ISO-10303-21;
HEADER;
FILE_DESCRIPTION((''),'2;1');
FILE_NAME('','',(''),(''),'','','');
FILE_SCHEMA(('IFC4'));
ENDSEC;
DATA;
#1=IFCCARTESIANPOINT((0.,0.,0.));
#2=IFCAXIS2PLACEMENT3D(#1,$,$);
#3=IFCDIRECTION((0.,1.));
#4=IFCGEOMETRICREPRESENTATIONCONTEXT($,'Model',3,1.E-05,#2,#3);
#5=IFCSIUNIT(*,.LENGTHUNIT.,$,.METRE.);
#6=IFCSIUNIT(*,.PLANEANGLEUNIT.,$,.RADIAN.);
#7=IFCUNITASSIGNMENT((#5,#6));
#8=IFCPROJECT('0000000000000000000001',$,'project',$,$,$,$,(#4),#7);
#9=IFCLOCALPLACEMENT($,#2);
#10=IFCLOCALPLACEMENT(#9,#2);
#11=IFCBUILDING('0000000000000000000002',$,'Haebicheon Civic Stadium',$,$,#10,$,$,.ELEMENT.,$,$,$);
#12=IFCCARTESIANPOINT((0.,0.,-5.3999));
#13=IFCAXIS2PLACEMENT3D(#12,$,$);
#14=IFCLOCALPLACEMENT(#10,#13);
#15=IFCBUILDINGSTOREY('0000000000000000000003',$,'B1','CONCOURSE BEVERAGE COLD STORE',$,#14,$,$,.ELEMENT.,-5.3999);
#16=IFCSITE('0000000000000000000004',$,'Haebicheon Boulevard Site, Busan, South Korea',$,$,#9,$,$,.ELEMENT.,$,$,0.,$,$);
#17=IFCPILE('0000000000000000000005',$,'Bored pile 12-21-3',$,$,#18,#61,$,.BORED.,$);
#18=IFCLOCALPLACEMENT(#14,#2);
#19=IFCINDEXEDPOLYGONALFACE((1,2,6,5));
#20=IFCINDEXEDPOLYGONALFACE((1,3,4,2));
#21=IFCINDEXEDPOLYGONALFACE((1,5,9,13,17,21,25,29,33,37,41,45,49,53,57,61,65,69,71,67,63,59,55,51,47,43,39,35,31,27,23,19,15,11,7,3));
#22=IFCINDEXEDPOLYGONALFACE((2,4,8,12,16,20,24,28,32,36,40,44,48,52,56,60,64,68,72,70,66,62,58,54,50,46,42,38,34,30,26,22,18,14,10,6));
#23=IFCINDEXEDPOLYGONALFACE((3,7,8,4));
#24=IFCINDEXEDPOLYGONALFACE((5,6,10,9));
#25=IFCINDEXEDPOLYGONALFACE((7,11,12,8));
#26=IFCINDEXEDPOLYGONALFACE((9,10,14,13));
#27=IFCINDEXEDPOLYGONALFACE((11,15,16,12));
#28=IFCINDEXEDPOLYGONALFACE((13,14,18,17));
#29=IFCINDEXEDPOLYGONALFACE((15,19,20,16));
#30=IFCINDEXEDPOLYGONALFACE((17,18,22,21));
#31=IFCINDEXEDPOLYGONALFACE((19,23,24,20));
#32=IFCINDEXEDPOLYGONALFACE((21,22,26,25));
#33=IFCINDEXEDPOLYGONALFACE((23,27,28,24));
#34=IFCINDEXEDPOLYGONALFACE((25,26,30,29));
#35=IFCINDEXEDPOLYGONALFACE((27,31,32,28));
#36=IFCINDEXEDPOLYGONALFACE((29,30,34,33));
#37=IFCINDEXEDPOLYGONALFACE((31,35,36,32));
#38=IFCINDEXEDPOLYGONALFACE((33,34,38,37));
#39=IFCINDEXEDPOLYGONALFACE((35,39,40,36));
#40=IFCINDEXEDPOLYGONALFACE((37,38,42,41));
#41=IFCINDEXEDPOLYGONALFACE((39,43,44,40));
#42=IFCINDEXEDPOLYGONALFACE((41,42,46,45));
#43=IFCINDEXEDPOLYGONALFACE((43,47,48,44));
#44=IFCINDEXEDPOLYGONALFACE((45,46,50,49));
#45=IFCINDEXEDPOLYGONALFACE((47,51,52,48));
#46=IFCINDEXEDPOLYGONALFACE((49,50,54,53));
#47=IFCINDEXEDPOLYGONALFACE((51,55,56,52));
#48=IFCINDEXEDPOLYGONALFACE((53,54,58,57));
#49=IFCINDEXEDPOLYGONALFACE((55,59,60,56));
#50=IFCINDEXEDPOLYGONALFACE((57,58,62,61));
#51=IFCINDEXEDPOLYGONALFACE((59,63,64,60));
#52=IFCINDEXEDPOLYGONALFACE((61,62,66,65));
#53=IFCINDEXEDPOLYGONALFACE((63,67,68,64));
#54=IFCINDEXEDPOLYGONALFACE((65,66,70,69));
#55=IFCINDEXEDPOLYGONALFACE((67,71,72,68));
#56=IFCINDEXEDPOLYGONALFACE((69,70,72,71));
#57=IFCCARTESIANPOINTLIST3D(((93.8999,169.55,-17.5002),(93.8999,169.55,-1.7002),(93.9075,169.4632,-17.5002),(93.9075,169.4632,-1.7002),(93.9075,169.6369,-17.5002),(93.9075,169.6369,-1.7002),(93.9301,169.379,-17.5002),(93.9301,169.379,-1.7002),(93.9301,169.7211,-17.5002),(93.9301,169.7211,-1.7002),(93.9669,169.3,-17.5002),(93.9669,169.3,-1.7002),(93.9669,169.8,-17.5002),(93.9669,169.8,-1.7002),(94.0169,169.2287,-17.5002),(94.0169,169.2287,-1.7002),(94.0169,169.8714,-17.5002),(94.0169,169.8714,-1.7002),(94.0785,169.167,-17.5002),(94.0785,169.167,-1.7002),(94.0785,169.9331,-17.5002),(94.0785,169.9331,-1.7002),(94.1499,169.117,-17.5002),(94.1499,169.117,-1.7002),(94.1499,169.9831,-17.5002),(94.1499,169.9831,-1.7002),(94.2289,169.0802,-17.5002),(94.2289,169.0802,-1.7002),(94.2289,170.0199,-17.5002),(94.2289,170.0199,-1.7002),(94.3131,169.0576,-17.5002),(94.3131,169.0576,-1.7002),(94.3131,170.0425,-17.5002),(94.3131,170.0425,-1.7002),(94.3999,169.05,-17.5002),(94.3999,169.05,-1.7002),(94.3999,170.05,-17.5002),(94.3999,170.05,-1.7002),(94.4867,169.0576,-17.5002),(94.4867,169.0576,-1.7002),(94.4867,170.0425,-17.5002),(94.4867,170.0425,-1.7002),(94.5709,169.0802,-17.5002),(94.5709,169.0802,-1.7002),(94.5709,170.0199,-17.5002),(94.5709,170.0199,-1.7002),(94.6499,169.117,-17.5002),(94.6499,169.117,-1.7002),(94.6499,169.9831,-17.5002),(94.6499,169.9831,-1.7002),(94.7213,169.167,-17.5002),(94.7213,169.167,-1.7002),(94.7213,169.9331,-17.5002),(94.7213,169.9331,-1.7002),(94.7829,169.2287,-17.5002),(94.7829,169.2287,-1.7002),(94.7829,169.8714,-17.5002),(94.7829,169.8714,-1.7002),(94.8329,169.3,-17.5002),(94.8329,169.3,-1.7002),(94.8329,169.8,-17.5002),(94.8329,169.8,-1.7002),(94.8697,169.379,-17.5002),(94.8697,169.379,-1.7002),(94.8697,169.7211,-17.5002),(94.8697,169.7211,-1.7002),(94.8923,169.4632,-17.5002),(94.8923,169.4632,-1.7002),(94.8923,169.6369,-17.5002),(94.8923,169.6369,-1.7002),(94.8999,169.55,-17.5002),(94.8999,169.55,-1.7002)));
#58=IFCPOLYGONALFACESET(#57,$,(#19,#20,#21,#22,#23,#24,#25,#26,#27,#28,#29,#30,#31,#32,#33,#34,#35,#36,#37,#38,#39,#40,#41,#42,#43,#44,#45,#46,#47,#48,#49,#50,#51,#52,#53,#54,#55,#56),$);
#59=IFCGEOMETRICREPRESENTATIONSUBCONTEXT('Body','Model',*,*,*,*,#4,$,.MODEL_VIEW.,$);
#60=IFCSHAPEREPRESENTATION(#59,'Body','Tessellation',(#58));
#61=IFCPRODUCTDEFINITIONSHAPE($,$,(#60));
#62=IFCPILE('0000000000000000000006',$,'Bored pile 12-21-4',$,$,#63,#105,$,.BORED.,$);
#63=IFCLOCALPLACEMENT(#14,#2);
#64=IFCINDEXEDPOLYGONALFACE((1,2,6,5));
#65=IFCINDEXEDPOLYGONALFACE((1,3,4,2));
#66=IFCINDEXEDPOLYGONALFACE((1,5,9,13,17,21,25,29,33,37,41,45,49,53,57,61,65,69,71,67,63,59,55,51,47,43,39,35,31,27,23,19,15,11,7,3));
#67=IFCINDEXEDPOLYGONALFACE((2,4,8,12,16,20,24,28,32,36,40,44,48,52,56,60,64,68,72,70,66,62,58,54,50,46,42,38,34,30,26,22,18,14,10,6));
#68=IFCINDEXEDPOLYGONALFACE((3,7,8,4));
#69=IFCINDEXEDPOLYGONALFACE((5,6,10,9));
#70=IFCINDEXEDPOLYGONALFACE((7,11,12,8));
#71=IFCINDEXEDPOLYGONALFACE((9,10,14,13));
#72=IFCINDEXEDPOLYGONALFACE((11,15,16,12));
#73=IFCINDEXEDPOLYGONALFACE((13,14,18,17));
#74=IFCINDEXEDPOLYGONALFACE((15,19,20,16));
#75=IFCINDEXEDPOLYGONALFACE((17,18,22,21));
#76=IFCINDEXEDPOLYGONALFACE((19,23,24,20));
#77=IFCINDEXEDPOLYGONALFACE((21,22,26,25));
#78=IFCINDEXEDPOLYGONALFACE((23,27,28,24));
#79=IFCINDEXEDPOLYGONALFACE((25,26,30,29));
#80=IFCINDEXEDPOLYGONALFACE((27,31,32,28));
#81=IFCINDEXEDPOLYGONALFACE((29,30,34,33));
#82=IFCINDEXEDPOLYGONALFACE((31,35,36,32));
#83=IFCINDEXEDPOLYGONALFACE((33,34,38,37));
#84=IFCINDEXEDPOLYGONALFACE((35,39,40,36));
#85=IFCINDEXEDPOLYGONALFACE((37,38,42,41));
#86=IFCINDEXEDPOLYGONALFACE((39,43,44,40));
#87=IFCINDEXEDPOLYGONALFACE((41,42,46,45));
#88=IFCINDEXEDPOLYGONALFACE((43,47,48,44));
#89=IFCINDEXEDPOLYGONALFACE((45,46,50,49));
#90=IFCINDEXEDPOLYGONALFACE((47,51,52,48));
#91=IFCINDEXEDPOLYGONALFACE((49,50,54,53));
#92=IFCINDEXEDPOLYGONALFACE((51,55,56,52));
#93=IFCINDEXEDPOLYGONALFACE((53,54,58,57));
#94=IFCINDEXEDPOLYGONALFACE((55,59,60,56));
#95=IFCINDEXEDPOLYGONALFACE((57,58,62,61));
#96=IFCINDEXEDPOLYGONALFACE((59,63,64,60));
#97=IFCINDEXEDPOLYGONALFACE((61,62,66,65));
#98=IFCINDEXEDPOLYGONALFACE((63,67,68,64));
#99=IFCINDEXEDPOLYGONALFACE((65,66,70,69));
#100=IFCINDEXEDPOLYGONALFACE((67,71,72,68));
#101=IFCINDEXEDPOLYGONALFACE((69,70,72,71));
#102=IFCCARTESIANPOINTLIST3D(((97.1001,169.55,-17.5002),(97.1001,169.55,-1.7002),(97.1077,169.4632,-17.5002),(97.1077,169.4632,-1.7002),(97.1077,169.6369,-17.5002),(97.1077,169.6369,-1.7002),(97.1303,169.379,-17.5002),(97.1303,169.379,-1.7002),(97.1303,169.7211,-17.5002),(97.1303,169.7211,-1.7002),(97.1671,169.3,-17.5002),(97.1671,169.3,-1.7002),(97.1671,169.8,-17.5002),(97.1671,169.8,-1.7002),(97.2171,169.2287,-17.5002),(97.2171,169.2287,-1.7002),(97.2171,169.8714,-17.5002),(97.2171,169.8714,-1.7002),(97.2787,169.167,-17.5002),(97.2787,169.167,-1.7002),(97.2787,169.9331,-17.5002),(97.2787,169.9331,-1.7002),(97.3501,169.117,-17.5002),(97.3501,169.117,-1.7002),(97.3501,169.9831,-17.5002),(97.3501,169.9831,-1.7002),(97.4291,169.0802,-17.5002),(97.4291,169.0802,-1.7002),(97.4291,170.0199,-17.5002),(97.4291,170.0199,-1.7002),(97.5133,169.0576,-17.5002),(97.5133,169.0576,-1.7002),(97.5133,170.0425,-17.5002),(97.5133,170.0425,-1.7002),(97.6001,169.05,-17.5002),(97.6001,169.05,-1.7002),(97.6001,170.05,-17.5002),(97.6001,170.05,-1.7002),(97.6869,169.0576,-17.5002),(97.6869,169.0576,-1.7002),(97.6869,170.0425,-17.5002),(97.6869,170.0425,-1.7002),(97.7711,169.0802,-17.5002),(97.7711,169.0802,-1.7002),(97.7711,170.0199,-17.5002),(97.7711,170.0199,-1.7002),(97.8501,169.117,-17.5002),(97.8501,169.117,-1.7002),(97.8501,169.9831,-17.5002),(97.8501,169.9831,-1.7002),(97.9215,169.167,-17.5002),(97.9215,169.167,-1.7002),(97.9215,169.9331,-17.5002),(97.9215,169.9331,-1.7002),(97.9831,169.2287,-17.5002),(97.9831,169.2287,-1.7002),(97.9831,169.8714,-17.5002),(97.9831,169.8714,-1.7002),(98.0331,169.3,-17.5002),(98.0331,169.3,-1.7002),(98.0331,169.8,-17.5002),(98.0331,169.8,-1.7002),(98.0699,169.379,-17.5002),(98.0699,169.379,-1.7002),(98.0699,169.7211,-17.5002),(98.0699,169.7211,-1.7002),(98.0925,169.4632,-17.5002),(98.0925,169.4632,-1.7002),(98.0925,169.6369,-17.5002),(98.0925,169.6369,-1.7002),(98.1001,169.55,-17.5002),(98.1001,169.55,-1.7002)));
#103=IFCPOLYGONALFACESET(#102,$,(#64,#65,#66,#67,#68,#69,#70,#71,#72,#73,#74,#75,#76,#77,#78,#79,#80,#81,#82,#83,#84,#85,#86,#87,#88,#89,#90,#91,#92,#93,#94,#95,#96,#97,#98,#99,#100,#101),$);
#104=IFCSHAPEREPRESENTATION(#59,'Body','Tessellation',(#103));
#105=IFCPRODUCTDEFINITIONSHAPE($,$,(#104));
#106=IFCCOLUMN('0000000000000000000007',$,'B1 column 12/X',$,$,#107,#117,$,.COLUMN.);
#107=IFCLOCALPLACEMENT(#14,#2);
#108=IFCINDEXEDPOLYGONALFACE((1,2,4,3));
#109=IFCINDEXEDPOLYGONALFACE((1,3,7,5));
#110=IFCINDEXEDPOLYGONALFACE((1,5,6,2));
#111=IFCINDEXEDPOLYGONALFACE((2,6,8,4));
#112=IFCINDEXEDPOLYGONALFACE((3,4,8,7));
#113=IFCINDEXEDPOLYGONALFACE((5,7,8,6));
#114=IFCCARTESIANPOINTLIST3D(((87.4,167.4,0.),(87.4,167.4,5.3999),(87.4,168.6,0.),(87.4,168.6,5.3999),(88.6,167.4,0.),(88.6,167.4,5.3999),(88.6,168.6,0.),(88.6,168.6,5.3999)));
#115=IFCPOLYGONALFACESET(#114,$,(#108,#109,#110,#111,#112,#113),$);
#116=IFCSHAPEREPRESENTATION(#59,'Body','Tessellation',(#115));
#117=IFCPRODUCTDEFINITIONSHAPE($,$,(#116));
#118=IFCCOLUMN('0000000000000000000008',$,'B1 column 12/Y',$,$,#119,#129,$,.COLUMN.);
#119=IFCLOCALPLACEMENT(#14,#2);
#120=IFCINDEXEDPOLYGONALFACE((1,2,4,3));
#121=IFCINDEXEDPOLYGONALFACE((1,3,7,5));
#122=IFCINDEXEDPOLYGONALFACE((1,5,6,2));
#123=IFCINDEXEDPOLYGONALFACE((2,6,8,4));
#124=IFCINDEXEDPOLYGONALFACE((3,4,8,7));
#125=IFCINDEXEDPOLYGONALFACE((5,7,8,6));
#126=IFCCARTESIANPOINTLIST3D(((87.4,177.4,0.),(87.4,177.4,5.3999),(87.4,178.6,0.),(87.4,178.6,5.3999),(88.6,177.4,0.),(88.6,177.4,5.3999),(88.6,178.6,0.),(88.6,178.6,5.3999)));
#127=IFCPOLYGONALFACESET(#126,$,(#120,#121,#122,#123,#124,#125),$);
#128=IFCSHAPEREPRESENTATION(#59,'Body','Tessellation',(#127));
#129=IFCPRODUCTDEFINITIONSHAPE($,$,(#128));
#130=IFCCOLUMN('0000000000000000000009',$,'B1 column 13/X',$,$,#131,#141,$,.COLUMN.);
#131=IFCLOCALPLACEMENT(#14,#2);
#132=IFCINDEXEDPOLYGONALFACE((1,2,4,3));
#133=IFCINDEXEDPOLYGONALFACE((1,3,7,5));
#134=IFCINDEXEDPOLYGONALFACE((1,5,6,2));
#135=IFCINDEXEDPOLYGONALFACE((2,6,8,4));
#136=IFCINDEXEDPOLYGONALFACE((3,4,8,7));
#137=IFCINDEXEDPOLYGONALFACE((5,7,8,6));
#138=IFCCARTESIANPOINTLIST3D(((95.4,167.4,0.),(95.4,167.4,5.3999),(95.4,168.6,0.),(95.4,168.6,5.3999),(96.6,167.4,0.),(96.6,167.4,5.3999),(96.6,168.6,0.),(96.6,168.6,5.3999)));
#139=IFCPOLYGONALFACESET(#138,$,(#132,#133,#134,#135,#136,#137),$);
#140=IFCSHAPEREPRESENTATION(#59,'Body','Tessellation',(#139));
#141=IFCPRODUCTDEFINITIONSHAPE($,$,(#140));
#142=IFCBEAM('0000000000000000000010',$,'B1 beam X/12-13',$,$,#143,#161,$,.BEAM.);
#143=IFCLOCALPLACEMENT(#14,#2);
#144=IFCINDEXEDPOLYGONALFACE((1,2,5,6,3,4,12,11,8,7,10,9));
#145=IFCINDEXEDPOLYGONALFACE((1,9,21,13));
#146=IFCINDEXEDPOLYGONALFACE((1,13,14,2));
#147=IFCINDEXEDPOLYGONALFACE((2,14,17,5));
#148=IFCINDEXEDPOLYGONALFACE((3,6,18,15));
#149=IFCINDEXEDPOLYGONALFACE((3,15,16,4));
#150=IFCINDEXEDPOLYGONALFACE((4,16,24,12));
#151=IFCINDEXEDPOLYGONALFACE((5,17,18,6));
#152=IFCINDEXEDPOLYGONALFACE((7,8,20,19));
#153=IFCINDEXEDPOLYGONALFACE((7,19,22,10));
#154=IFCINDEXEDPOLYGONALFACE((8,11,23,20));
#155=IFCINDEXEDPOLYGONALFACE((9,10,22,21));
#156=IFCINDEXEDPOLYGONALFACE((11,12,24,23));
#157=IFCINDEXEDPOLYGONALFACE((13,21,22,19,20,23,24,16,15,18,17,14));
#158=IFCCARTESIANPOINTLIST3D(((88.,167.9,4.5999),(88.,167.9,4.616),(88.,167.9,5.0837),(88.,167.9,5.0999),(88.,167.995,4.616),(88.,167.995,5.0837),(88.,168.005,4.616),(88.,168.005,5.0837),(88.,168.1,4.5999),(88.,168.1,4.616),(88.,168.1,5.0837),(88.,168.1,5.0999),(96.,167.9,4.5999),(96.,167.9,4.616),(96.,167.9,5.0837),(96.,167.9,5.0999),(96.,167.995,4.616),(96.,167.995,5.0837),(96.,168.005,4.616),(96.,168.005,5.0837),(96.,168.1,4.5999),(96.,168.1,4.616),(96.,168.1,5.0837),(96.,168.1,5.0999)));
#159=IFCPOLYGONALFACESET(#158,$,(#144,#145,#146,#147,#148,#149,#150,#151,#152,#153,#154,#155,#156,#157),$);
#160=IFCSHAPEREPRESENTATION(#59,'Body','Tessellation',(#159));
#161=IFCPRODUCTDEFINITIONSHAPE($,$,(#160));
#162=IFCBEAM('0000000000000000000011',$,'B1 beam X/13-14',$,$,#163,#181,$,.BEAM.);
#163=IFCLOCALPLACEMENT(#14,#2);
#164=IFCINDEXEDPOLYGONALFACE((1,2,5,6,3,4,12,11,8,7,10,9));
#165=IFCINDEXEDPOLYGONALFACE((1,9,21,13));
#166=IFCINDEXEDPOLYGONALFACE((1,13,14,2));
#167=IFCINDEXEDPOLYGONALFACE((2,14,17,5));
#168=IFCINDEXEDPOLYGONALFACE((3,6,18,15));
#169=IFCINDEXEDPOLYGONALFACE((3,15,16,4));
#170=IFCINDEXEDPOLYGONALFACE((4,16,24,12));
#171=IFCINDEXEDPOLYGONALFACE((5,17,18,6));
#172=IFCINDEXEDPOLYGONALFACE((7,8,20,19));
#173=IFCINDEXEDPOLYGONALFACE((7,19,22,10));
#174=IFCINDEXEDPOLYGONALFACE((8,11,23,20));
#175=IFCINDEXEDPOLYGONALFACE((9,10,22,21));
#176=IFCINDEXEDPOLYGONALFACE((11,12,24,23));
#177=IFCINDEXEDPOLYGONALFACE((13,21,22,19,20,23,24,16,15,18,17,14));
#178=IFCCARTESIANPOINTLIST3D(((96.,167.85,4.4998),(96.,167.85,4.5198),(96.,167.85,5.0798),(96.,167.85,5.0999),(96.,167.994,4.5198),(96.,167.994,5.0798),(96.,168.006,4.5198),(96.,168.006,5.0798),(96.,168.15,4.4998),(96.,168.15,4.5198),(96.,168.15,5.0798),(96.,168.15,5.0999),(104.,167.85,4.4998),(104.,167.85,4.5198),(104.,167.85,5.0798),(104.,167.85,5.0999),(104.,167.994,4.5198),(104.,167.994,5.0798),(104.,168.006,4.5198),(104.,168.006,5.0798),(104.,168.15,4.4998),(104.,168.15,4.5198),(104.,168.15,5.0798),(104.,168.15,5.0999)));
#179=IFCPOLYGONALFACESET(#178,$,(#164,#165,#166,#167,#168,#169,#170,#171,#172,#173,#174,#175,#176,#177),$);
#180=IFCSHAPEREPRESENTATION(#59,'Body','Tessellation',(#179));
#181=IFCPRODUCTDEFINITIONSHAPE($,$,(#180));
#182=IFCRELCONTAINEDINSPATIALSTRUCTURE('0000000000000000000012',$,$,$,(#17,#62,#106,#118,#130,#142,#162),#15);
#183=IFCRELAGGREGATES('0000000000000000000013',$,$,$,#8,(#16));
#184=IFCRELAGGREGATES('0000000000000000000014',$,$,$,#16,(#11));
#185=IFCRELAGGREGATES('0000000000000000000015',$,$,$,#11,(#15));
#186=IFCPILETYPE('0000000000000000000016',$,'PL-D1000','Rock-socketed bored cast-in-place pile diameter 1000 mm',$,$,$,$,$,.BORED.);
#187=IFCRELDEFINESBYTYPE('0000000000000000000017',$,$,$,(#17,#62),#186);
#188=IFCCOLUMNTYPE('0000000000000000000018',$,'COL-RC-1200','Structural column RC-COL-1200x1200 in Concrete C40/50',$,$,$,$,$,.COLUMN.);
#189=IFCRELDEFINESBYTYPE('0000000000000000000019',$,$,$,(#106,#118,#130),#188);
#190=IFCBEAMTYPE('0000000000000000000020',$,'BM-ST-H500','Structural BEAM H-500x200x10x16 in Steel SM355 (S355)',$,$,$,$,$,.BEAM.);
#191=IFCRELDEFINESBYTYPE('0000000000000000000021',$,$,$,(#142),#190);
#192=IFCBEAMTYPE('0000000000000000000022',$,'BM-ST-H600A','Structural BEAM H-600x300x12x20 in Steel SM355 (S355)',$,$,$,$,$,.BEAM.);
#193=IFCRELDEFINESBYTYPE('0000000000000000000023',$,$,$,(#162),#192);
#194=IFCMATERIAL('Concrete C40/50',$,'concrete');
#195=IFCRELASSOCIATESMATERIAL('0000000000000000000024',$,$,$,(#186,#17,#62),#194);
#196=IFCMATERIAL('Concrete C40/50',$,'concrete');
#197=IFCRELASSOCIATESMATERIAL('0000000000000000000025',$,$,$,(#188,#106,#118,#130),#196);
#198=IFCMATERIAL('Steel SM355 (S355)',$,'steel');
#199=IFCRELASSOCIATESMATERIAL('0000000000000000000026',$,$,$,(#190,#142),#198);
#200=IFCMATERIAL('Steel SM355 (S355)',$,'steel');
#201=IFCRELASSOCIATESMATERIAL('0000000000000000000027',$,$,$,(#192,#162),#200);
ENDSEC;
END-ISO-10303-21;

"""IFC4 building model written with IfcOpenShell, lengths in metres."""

from ifc_helpers import new_model, si_unit, direction, frame, origin, origin_2d, place, context, subcontext, project, spatial, rectangle, circle, i_section, extrude, material, material_profile, profile_set, type_object, element, save


model = new_model("IFC4")

# Units and contexts
model_context = context("Model", 3, precision=1e-05, world=origin(), true_north=direction((0.0, 1.0)))
body_context = subcontext(model_context, "Body", "Model", "MODEL_VIEW")
ifc_project = project(units=[si_unit("LENGTHUNIT", "METRE"), si_unit("PLANEANGLEUNIT", "RADIAN")], contexts=[model_context])

# Site, building, storey
site_placement = place(None, origin())
site = spatial("IfcSite", under=ifc_project, at=site_placement, Name="Haebicheon Boulevard Site, Busan, South Korea", CompositionType="ELEMENT", RefElevation=0.0)
building_placement = place(site_placement, origin())
building = spatial("IfcBuilding", under=site, at=building_placement, Name="Haebicheon Civic Stadium", CompositionType="ELEMENT")
storey_placement = place(building_placement, frame((0.0, 0.0, -5.3999)))
storey = spatial("IfcBuildingStorey", under=building, at=storey_placement, Name="B1", Description="CONCOURSE BEVERAGE COLD STORE", CompositionType="ELEMENT", Elevation=-5.3999)

# Piles
ifc_material_1 = material(Name="Concrete C40/50", Category="concrete")
ifc_material_profile_1 = material_profile(ifc_material_1, circle(Radius=0.5, at=origin_2d()), Name="PILE-D1000")
ifc_profile_set_1 = profile_set([ifc_material_profile_1], Name="Concrete C40/50")
pile_type = type_object("IfcPileType", Name="PL-D1000", Description="Rock-socketed bored cast-in-place pile diameter 1000 mm", PredefinedType="BORED", material=ifc_profile_set_1)
for number, where, z_axis, x_axis, name in (
    (1, (94.3999, 169.55, -1.7002), (0.0, 0.0, -1.0), (1.0, 0.0, 0.0), "Bored pile 12-21-3"),
    (2, (97.6001, 169.55, -1.7002), (0.0, 0.0, -1.0), (1.0, 0.0, 0.0), "Bored pile 12-21-4"),
):
    element("IfcPile", number, at=place(storey_placement, frame(where, z_axis=z_axis, x_axis=x_axis)), inside=storey, type_object=pile_type, material=ifc_profile_set_1, Name=name, PredefinedType="BORED", context=body_context, shape_type="SweptSolid", body=[
        extrude(circle(Radius=0.5, at=origin_2d()), origin(), (0.0, 0.0, 1.0), 15.8),
    ])

# Columns
ifc_material_2 = material(Name="Concrete C40/50", Category="concrete")
ifc_material_profile_2 = material_profile(ifc_material_2, rectangle(XDim=1.2, YDim=1.2, at=origin_2d()), Name="RC-COL-1200x1200")
ifc_profile_set_2 = profile_set([ifc_material_profile_2], Name="Concrete C40/50")
column_type = type_object("IfcColumnType", Name="COL-RC-1200", Description="Structural column RC-COL-1200x1200 in Concrete C40/50", PredefinedType="COLUMN", material=ifc_profile_set_2)
for number, where, z_axis, x_axis, name in (
    (3, (88.0, 168.0, 0.0), (0.0, 0.0, 1.0), (1.0, 0.0, 0.0), "B1 column 12/X"),
    (4, (88.0, 178.0, 0.0), (0.0, 0.0, 1.0), (1.0, 0.0, 0.0), "B1 column 12/Y"),
    (5, (96.0, 168.0, 0.0), (0.0, 0.0, 1.0), (1.0, 0.0, 0.0), "B1 column 13/X"),
):
    element("IfcColumn", number, at=place(storey_placement, frame(where, z_axis=z_axis, x_axis=x_axis)), inside=storey, type_object=column_type, material=ifc_profile_set_2, Name=name, PredefinedType="COLUMN", context=body_context, shape_type="SweptSolid", body=[
        extrude(rectangle(XDim=1.2, YDim=1.2, at=origin_2d()), origin(), (0.0, 0.0, 1.0), 5.3999),
    ])

# Beams
ifc_material_3 = material(Name="Steel SM355 (S355)", Category="steel")
ifc_material_profile_3 = material_profile(ifc_material_3, i_section(OverallWidth=0.2, OverallDepth=0.5, WebThickness=0.01, FlangeThickness=0.0161, at=origin_2d()), Name="H-500x200x10x16")
ifc_profile_set_3 = profile_set([ifc_material_profile_3], Name="Steel SM355 (S355)")
beam_type_1 = type_object("IfcBeamType", Name="BM-ST-H500", Description="Structural BEAM H-500x200x10x16 in Steel SM355 (S355)", PredefinedType="BEAM", material=ifc_profile_set_3)
beam_1_placement = place(storey_placement, frame((88.0, 168.0, 4.8499), z_axis=(1.0, 0.0, 0.0), x_axis=(0.0, 1.0, 0.0)))
element("IfcBeam", 6, at=beam_1_placement, inside=storey, type_object=beam_type_1, material=ifc_profile_set_3, Name="B1 beam X/12-13", PredefinedType="BEAM", context=body_context, shape_type="SweptSolid", body=[
    extrude(i_section(OverallWidth=0.2, OverallDepth=0.5, WebThickness=0.01, FlangeThickness=0.0161, at=origin_2d()), origin(), (0.0, 0.0, 1.0), 8.0),
])
ifc_material_4 = material(Name="Steel SM355 (S355)", Category="steel")
ifc_material_profile_4 = material_profile(ifc_material_4, i_section(OverallWidth=0.3, OverallDepth=0.6001, WebThickness=0.012, FlangeThickness=0.02, at=origin_2d()), Name="H-600x300x12x20")
ifc_profile_set_4 = profile_set([ifc_material_profile_4], Name="Steel SM355 (S355)")
beam_type_2 = type_object("IfcBeamType", Name="BM-ST-H600A", Description="Structural BEAM H-600x300x12x20 in Steel SM355 (S355)", PredefinedType="BEAM", material=ifc_profile_set_4)
beam_2_placement = place(storey_placement, frame((96.0, 168.0, 4.7998), z_axis=(1.0, 0.0, 0.0), x_axis=(0.0, 1.0, 0.0)))
element("IfcBeam", 7, at=beam_2_placement, inside=storey, type_object=beam_type_2, material=ifc_profile_set_4, Name="B1 beam X/13-14", PredefinedType="BEAM", context=body_context, shape_type="SweptSolid", body=[
    extrude(i_section(OverallWidth=0.3, OverallDepth=0.6001, WebThickness=0.012, FlangeThickness=0.02, at=origin_2d()), origin(), (0.0, 0.0, 1.0), 8.0),
])

save(model, "model.ifc")
